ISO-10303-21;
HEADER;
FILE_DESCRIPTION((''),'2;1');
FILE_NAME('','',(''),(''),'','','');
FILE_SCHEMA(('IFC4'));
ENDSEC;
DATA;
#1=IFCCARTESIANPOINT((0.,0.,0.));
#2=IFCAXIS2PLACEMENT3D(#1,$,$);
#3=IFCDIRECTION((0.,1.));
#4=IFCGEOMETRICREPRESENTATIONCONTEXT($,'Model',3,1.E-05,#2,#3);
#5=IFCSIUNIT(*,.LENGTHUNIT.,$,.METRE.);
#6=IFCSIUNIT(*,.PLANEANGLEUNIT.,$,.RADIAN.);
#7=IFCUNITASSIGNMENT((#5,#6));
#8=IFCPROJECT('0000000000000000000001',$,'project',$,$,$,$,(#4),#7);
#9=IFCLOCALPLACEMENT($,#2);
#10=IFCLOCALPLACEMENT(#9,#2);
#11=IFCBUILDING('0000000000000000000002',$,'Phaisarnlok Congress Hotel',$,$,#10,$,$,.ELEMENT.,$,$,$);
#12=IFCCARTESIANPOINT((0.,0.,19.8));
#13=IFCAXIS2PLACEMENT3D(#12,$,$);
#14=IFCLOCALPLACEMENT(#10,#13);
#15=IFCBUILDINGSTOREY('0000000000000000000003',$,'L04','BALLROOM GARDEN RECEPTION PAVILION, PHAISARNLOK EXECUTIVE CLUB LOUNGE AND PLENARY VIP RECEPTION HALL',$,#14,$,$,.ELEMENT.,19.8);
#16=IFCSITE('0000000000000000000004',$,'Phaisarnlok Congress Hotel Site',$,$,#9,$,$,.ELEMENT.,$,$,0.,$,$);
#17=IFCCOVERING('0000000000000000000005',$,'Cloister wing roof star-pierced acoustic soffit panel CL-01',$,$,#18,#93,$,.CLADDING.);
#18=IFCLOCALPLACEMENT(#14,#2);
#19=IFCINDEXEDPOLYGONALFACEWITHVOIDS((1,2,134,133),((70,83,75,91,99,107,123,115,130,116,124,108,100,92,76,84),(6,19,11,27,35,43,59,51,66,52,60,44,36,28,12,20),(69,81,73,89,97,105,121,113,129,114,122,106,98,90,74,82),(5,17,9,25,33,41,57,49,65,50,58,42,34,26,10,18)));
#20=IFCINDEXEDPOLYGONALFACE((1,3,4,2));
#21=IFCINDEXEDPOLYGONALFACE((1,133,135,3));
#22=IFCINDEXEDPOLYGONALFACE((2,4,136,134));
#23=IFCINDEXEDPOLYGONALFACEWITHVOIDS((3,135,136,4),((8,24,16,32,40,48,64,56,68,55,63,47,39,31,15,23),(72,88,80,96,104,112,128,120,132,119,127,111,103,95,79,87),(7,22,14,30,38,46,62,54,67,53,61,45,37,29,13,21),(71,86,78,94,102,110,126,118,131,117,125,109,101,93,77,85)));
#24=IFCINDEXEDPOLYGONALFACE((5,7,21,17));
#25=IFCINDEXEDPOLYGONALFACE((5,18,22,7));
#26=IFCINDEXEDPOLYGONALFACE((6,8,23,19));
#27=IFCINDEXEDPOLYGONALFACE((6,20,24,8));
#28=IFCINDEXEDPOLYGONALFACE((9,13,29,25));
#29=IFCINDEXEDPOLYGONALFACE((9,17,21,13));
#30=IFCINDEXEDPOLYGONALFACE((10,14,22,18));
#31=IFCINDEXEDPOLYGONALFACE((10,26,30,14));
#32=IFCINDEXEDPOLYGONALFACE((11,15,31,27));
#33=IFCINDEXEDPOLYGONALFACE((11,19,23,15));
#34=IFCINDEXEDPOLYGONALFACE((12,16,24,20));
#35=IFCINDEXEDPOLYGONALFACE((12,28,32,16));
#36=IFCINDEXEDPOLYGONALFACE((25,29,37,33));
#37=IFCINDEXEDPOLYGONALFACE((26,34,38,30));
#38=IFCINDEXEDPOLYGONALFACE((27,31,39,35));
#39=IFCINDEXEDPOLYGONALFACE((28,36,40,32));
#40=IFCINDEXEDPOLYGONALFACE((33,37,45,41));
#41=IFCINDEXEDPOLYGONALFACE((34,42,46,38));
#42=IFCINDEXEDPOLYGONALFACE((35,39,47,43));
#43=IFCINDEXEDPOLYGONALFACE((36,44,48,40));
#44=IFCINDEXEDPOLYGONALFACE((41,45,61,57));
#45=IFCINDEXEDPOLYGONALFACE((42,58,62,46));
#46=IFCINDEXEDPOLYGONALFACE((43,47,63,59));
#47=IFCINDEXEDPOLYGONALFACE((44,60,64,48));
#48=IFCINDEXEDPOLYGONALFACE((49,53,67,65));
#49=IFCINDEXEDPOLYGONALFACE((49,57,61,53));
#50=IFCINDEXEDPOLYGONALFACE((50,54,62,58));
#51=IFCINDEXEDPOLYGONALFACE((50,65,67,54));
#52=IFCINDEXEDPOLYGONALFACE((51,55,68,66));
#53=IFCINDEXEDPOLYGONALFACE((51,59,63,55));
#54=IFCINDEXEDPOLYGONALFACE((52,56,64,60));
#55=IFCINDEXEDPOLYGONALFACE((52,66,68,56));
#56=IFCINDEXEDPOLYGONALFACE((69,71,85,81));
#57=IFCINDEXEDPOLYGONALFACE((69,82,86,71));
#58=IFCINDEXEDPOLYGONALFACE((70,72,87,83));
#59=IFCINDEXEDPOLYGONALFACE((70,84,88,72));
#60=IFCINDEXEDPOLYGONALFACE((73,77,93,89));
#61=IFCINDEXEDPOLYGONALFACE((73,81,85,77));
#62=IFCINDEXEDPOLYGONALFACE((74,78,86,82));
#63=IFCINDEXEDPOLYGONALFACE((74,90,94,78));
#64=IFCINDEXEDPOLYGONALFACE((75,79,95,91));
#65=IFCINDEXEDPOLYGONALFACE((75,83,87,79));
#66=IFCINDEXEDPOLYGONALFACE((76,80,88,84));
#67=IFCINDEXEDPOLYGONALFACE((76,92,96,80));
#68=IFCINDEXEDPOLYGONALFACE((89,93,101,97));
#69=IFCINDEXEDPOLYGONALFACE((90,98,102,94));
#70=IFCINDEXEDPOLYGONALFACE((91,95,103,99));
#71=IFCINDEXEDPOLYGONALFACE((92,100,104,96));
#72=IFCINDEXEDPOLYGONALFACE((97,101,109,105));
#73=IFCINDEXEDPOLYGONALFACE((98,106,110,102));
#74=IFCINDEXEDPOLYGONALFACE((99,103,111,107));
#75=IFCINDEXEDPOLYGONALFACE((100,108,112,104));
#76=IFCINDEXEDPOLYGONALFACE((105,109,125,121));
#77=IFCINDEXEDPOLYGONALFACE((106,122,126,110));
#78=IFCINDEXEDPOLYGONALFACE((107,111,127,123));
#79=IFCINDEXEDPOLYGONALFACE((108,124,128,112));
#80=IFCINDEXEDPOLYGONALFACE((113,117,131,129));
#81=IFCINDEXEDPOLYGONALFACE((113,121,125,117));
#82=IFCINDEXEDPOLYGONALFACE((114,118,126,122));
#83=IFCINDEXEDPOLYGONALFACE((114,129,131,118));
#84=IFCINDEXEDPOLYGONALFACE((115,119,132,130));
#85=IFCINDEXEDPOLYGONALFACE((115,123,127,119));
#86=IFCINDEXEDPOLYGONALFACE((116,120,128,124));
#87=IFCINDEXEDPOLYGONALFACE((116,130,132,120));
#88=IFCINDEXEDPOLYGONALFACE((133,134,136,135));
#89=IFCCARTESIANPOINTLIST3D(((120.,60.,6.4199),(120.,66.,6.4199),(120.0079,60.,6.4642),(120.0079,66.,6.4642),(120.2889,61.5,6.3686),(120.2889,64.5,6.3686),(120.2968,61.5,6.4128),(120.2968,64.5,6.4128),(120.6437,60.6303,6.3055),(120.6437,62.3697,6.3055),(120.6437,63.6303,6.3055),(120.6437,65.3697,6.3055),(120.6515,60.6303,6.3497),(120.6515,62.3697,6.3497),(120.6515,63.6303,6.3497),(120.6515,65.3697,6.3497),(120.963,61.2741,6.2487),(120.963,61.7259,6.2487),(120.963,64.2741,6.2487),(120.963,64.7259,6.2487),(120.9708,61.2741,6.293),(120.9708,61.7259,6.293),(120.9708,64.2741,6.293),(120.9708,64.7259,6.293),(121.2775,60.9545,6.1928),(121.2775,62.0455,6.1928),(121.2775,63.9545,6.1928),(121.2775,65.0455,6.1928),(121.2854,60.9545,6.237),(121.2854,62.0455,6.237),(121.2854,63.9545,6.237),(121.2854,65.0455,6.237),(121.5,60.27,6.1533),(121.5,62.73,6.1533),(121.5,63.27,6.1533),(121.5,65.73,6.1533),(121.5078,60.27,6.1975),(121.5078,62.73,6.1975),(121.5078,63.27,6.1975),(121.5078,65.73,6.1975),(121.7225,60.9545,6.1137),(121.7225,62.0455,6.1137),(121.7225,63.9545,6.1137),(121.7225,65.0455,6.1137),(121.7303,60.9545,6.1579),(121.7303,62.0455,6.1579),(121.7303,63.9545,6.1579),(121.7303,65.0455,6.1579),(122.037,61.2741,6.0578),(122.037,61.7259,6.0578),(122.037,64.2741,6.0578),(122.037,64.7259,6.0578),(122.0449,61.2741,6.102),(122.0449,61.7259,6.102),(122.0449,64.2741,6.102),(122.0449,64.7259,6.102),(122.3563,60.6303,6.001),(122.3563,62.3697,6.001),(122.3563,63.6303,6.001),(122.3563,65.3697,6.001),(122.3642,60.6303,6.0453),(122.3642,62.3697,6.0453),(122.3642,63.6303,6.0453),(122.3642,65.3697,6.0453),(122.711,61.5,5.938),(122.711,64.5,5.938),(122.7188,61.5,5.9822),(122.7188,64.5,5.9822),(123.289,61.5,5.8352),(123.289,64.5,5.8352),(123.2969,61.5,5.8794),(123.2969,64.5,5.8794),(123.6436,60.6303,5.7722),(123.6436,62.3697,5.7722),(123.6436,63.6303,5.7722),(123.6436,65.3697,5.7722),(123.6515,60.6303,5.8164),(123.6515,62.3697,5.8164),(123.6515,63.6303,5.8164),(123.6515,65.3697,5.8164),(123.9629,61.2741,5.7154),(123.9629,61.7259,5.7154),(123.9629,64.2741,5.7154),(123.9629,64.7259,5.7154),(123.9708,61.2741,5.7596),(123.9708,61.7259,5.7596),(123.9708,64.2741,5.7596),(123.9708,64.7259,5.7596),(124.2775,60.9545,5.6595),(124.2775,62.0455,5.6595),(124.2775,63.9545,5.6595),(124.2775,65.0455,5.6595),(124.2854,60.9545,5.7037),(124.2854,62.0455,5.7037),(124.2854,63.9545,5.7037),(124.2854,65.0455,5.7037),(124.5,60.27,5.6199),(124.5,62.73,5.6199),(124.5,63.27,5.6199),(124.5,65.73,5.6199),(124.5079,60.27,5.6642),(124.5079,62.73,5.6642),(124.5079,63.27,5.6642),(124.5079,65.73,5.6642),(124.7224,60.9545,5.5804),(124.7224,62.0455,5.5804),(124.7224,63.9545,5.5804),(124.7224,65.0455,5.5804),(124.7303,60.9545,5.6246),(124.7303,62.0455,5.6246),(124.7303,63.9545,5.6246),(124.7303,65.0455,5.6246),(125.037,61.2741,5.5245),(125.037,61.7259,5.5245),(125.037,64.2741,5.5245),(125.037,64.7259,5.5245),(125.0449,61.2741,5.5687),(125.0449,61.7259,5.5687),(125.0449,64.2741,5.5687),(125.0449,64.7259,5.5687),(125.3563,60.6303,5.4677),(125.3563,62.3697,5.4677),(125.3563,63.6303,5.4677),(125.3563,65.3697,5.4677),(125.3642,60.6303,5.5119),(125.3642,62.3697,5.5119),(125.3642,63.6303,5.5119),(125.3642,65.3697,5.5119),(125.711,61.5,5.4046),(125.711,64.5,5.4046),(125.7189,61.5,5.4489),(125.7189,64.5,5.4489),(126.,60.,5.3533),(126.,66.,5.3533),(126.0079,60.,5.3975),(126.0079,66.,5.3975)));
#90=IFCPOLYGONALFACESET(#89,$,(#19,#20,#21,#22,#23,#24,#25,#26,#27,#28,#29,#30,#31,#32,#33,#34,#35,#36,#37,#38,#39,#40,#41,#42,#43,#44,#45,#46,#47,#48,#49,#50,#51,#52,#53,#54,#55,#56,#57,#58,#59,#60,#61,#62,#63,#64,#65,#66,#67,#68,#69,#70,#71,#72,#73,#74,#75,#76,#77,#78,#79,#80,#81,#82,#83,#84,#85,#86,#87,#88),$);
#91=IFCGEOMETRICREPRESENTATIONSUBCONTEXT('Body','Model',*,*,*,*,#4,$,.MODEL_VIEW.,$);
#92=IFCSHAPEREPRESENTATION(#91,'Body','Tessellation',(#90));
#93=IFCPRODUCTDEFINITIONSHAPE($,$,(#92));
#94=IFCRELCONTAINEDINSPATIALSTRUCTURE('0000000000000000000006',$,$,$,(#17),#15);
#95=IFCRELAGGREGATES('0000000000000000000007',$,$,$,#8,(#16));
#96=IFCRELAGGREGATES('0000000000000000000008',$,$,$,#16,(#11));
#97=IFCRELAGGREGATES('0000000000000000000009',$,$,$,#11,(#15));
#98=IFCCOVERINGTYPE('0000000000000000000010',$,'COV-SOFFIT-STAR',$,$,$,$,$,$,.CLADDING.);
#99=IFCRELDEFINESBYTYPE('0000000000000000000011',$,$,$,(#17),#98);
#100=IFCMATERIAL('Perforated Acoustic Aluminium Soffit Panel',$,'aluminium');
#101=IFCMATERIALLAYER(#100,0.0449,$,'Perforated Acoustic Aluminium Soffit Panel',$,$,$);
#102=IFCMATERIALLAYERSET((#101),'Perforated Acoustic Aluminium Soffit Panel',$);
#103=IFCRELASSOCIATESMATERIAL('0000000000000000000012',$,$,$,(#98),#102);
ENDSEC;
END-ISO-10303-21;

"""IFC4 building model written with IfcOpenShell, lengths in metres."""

from ifc_helpers import new_model, si_unit, direction, frame, origin, place, context, subcontext, project, spatial, polyline, outline, extrude, material, layer, layer_set, type_object, element, save


model = new_model("IFC4")

# Units and contexts
model_context = context("Model", 3, precision=1e-05, world=origin(), true_north=direction((0.0, 1.0)))
body_context = subcontext(model_context, "Body", "Model", "MODEL_VIEW")
ifc_project = project(units=[si_unit("LENGTHUNIT", "METRE"), si_unit("PLANEANGLEUNIT", "RADIAN")], contexts=[model_context])

# Site, building, storey
site_placement = place(None, origin())
site = spatial("IfcSite", under=ifc_project, at=site_placement, Name="Phaisarnlok Congress Hotel Site", CompositionType="ELEMENT", RefElevation=0.0)
building_placement = place(site_placement, origin())
building = spatial("IfcBuilding", under=site, at=building_placement, Name="Phaisarnlok Congress Hotel", CompositionType="ELEMENT")
storey_placement = place(building_placement, frame((0.0, 0.0, 19.8)))
storey = spatial("IfcBuildingStorey", under=building, at=storey_placement, Name="L04", Description="BALLROOM GARDEN RECEPTION PAVILION, PHAISARNLOK EXECUTIVE CLUB LOUNGE AND PLENARY VIP RECEPTION HALL", CompositionType="ELEMENT", Elevation=19.8)

# Covering
ifc_material_1 = material(Name="Perforated Acoustic Aluminium Soffit Panel", Category="aluminium")
ifc_layer_1 = layer(ifc_material_1, 0.0449, Name="Perforated Acoustic Aluminium Soffit Panel")
ifc_layer_set_1 = layer_set([ifc_layer_1], Name="Perforated Acoustic Aluminium Soffit Panel")
covering_type = type_object("IfcCoveringType", Name="COV-SOFFIT-STAR", PredefinedType="CLADDING", material=ifc_layer_set_1)
covering_placement = place(storey_placement, frame((126.0, 60.0, 5.3533), z_axis=(0.175031, 0.0, 0.984563), x_axis=(0.0, 1.0, 0.0)))
element("IfcCovering", 1, at=covering_placement, inside=storey, type_object=covering_type, Name="Cloister wing roof star-pierced acoustic soffit panel CL-01", PredefinedType="CLADDING", context=body_context, shape_type="SweptSolid", body=[
    extrude(outline(polyline([(0.0, 0.0), (6.0, 0.0), (6.0, 6.0941), (0.0, 6.0941), (0.0, 0.0)]), holes=[polyline([(2.0455, 1.2976), (2.3697, 0.6538), (1.7259, 0.9781), (1.5, 0.2935), (1.2741, 0.9781), (0.6303, 0.6538), (0.9545, 1.2976), (0.27, 1.5235), (0.9545, 1.7495), (0.6303, 2.3933), (1.2741, 2.069), (1.5, 2.7535), (1.7259, 2.069), (2.3697, 2.3933), (2.0455, 1.7495), (2.73, 1.5235), (2.0455, 1.2976)]), polyline([(2.0455, 4.3446), (2.3697, 3.7008), (1.7259, 4.0251), (1.5, 3.3406), (1.2741, 4.0251), (0.6303, 3.7008), (0.9545, 4.3446), (0.27, 4.5706), (0.9545, 4.7965), (0.6303, 5.4403), (1.2741, 5.116), (1.5, 5.8006), (1.7259, 5.116), (2.3697, 5.4403), (2.0455, 4.7965), (2.73, 4.5706), (2.0455, 4.3446)]), polyline([(5.0455, 1.2976), (5.3697, 0.6538), (4.7259, 0.9781), (4.5, 0.2935), (4.2741, 0.9781), (3.6303, 0.6538), (3.9545, 1.2976), (3.27, 1.5235), (3.9545, 1.7495), (3.6303, 2.3933), (4.2741, 2.069), (4.5, 2.7535), (4.7259, 2.069), (5.3697, 2.3933), (5.0455, 1.7495), (5.73, 1.5235), (5.0455, 1.2976)]), polyline([(5.0455, 4.3446), (5.3697, 3.7008), (4.7259, 4.0251), (4.5, 3.3406), (4.2741, 4.0251), (3.6303, 3.7008), (3.9545, 4.3446), (3.27, 4.5706), (3.9545, 4.7965), (3.6303, 5.4403), (4.2741, 5.116), (4.5, 5.8006), (4.7259, 5.116), (5.3697, 5.4403), (5.0455, 4.7965), (5.73, 4.5706), (5.0455, 4.3446)])]), origin(), (0.0, 0.0, 1.0), 0.0449),
])

save(model, "model.ifc")
